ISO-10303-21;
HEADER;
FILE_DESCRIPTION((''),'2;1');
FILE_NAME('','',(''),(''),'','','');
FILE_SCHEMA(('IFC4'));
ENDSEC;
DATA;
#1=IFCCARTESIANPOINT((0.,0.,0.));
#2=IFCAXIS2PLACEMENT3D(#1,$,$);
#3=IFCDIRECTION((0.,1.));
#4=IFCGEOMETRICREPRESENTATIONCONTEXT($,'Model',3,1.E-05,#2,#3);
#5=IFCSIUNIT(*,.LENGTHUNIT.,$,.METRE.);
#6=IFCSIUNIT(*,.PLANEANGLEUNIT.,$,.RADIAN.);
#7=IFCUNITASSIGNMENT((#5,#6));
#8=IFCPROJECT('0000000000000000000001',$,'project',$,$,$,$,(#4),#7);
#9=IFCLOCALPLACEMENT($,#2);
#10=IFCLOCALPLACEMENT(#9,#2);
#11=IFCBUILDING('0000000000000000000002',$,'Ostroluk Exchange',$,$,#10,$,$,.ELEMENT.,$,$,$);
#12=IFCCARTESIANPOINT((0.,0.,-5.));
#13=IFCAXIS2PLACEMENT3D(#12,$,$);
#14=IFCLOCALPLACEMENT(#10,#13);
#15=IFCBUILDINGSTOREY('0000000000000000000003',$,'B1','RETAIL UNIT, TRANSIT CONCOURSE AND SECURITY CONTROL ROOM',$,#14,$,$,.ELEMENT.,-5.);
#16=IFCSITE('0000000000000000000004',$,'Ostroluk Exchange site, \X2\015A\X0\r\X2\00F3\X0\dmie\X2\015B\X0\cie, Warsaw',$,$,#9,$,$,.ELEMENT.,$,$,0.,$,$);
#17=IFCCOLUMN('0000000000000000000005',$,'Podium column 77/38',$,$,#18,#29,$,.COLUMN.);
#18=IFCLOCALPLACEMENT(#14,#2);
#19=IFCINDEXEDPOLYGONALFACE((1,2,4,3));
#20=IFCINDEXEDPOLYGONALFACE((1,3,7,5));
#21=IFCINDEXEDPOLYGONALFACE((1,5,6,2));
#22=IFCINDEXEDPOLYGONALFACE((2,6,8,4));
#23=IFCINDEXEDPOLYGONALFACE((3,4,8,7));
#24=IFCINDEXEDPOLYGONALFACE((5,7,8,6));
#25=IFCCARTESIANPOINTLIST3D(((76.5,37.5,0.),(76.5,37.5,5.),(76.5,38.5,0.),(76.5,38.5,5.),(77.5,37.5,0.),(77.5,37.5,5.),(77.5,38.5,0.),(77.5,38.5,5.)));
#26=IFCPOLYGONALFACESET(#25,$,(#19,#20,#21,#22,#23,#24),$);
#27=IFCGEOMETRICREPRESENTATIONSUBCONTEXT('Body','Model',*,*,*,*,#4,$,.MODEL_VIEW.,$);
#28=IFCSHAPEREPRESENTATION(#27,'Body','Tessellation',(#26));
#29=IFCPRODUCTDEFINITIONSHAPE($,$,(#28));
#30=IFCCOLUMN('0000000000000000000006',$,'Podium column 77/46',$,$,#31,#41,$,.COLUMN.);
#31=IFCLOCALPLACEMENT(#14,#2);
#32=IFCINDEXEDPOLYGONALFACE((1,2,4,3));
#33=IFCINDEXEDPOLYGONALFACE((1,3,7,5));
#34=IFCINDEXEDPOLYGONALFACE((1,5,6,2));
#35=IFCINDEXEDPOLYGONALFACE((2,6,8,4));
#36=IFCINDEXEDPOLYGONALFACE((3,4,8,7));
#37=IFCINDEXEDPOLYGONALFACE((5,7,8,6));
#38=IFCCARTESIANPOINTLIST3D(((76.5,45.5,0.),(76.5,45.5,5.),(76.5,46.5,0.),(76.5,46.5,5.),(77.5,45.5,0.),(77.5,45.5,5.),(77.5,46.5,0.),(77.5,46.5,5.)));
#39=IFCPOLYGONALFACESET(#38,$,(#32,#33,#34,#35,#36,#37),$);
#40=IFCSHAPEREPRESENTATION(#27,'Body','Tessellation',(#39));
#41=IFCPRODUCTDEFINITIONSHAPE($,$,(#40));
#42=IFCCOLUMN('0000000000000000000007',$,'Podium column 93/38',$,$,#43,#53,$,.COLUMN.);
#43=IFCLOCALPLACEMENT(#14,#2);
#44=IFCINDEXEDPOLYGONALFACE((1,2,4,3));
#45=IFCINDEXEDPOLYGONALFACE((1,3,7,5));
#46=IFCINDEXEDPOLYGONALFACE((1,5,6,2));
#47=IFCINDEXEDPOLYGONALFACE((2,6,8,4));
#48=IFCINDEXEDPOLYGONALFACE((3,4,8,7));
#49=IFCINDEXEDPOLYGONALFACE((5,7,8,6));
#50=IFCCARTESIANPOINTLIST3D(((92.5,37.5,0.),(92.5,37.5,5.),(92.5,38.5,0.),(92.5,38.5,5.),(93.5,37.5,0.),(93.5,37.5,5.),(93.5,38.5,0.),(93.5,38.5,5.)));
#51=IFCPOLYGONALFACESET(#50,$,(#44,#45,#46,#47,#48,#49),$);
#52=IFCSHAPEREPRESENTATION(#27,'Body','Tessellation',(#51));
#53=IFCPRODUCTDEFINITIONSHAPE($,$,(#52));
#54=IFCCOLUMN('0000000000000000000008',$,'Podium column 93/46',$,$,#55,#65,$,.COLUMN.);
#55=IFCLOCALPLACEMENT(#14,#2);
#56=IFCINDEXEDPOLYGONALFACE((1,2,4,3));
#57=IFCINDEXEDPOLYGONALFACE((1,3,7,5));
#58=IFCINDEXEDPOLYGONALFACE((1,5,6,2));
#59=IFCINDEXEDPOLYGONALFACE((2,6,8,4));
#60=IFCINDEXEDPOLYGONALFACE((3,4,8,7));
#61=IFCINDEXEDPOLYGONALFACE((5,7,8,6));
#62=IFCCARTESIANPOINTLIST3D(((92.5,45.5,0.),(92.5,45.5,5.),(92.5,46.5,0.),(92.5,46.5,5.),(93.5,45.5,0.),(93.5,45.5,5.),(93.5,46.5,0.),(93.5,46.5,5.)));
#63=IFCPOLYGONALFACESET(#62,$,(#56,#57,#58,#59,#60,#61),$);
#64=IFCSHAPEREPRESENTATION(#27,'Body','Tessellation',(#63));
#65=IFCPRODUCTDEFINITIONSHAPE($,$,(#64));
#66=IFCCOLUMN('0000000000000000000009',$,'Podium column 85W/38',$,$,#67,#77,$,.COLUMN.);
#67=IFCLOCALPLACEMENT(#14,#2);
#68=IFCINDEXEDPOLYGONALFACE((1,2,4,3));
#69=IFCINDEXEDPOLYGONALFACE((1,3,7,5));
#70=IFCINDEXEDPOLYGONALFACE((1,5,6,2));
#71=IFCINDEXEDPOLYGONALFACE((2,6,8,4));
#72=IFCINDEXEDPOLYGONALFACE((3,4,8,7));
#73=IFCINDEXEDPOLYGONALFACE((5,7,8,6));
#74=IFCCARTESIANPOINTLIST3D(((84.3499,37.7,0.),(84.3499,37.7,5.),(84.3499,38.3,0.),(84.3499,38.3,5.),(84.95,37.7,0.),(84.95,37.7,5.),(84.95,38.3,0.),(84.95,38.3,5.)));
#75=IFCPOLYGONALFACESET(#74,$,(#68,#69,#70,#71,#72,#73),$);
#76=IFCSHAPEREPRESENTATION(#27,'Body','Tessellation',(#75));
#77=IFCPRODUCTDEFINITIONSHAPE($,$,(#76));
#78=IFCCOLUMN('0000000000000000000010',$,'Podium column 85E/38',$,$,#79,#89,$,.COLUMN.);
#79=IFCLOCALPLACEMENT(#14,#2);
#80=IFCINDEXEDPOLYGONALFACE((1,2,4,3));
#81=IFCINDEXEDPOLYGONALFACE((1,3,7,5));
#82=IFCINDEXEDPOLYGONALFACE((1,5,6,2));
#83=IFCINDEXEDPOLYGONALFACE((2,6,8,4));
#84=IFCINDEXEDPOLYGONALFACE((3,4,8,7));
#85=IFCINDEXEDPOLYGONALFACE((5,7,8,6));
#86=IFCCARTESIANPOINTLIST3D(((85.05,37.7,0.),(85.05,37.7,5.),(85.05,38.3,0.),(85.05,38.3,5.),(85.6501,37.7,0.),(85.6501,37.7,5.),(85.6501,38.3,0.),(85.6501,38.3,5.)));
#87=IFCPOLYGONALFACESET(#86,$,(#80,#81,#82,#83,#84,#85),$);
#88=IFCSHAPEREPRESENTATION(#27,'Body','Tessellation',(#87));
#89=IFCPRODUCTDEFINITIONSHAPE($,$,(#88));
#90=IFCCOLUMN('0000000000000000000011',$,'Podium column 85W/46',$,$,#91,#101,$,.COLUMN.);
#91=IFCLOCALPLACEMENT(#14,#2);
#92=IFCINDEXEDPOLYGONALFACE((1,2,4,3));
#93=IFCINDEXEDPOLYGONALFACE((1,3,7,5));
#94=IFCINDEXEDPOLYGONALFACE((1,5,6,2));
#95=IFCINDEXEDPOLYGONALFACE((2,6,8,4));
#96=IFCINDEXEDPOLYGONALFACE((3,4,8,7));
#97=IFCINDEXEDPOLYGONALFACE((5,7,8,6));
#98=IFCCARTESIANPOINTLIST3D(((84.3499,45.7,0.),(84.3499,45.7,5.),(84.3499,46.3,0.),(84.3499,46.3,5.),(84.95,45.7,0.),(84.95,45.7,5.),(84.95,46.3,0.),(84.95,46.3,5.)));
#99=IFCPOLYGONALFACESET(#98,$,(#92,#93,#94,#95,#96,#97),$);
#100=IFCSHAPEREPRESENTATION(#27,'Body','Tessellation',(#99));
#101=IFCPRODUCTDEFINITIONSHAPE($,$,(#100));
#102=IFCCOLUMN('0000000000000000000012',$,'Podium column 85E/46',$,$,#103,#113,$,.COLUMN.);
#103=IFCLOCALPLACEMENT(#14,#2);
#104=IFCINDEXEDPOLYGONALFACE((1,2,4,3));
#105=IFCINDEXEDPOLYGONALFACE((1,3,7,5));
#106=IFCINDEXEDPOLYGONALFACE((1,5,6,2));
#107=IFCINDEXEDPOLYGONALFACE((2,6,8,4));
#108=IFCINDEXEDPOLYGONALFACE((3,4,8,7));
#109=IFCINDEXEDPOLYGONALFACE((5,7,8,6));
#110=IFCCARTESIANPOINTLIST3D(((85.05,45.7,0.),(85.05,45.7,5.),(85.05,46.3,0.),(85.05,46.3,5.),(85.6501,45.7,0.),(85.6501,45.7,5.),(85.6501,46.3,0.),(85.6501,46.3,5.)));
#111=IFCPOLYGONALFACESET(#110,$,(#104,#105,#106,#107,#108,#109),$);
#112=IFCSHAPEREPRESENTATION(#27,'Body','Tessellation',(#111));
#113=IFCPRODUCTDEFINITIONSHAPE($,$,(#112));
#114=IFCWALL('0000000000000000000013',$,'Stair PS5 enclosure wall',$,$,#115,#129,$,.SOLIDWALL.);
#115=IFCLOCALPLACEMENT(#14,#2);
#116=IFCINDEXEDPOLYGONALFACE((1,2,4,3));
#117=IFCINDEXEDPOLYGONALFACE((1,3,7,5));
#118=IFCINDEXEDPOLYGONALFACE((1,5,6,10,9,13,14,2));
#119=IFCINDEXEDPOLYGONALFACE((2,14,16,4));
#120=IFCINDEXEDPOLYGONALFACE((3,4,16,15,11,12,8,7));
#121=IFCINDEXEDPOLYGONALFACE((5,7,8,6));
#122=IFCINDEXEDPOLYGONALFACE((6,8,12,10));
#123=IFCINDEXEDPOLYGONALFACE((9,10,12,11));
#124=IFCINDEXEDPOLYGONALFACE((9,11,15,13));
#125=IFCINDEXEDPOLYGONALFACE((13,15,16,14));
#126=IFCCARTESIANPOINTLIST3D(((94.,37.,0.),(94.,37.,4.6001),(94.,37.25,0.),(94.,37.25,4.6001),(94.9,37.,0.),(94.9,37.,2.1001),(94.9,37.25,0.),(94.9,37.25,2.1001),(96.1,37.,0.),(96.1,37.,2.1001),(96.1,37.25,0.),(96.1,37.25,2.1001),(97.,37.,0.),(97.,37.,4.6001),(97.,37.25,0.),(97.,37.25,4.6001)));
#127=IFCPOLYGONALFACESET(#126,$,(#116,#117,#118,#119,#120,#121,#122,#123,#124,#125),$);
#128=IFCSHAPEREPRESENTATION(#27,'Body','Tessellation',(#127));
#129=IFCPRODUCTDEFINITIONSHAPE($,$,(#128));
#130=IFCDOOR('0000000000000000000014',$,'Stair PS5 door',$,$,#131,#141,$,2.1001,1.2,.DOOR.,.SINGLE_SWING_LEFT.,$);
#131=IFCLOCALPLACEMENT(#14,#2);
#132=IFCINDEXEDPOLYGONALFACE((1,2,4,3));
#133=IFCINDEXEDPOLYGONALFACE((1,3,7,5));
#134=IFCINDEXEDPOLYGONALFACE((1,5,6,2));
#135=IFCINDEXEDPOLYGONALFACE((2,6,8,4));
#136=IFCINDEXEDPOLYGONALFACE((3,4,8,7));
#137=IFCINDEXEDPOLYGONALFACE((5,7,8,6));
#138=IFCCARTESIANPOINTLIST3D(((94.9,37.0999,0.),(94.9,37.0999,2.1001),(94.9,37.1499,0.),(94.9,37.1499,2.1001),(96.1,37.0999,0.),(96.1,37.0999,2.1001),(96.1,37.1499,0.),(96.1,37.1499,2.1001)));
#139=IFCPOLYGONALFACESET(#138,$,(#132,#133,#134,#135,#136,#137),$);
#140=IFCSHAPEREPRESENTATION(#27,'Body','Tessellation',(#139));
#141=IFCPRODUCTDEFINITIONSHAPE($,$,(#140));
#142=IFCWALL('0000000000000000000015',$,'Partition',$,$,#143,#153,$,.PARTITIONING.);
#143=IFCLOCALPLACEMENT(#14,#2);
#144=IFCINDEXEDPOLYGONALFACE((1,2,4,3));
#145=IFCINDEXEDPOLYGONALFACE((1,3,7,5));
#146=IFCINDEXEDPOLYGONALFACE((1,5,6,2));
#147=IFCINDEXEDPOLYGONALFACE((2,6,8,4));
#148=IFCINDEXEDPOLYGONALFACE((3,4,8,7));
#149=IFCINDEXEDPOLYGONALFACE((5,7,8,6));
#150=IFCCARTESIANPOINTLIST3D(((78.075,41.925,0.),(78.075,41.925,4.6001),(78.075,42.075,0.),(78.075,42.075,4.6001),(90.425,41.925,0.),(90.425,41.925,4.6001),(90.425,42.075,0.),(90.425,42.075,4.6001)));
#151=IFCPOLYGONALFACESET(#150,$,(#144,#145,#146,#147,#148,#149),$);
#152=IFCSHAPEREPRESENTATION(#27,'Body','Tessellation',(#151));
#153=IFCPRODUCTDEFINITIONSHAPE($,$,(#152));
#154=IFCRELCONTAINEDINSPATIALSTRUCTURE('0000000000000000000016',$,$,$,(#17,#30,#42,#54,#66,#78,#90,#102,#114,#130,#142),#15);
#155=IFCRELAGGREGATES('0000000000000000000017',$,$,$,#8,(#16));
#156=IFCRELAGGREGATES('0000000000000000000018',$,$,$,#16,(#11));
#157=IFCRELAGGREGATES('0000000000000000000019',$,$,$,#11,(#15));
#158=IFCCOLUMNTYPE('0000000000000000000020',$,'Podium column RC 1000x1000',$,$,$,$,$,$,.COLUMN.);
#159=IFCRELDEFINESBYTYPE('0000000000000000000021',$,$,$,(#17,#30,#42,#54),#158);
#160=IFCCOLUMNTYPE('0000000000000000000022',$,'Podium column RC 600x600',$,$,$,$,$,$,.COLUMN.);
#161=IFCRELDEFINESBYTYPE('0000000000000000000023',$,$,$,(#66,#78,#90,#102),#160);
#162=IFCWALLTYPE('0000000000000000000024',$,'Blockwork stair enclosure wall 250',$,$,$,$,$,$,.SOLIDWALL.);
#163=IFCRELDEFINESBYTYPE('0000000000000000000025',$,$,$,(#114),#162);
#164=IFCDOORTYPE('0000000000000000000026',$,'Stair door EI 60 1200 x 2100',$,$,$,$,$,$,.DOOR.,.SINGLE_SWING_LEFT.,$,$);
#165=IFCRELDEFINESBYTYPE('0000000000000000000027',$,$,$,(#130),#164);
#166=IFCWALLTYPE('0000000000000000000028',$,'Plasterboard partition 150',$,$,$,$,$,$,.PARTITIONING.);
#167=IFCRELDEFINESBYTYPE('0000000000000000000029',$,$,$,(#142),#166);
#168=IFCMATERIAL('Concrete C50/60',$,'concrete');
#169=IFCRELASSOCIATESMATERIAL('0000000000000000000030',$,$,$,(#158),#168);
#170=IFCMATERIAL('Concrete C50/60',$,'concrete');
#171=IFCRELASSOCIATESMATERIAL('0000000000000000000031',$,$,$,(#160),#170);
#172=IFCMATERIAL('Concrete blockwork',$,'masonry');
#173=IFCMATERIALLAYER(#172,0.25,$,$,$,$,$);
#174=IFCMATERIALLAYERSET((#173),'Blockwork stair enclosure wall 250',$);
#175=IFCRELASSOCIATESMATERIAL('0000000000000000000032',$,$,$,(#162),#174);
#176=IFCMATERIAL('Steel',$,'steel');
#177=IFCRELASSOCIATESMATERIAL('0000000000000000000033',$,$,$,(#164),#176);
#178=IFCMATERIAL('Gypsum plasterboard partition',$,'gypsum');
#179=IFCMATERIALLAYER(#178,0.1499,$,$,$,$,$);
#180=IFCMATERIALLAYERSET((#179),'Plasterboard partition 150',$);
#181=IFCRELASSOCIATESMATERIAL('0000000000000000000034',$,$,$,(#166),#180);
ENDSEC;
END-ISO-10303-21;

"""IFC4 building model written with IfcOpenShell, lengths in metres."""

from ifc_helpers import new_model, si_unit, direction, frame, frame_2d, origin, origin_2d, place, context, subcontext, project, spatial, rectangle, extrude, material, layer, layer_set, material_profile, profile_set, type_object, element, fill, save


model = new_model("IFC4")

# Units and contexts
model_context = context("Model", 3, precision=1e-05, world=origin(), true_north=direction((0.0, 1.0)))
body_context = subcontext(model_context, "Body", "Model", "MODEL_VIEW")
ifc_project = project(units=[si_unit("LENGTHUNIT", "METRE"), si_unit("PLANEANGLEUNIT", "RADIAN")], contexts=[model_context])

# Site, building, storey
site_placement = place(None, origin())
site = spatial("IfcSite", under=ifc_project, at=site_placement, Name="Ostroluk Exchange site, Śródmieście, Warsaw", CompositionType="ELEMENT", RefElevation=0.0)
building_placement = place(site_placement, origin())
building = spatial("IfcBuilding", under=site, at=building_placement, Name="Ostroluk Exchange", CompositionType="ELEMENT")
storey_placement = place(building_placement, frame((0.0, 0.0, -5.0)))
storey = spatial("IfcBuildingStorey", under=building, at=storey_placement, Name="B1", Description="RETAIL UNIT, TRANSIT CONCOURSE AND SECURITY CONTROL ROOM", CompositionType="ELEMENT", Elevation=-5.0)

# Columns
ifc_material_1 = material(Name="Concrete C50/60", Category="concrete")
ifc_material_profile_1 = material_profile(ifc_material_1, rectangle(XDim=1.0, YDim=1.0, at=origin_2d()), Name="RC 1000x1000")
ifc_profile_set_1 = profile_set([ifc_material_profile_1], Name="Concrete C50/60")
column_type_1 = type_object("IfcColumnType", Name="Podium column RC 1000x1000", PredefinedType="COLUMN", material=ifc_profile_set_1)
for number, where, z_axis, x_axis, name in (
    (1, (77.0, 38.0, 0.0), (0.0, 0.0, 1.0), (1.0, 0.0, 0.0), "Podium column 77/38"),
    (2, (77.0, 46.0, 0.0), (0.0, 0.0, 1.0), (1.0, 0.0, 0.0), "Podium column 77/46"),
    (3, (93.0, 38.0, 0.0), (0.0, 0.0, 1.0), (1.0, 0.0, 0.0), "Podium column 93/38"),
    (4, (93.0, 46.0, 0.0), (0.0, 0.0, 1.0), (1.0, 0.0, 0.0), "Podium column 93/46"),
):
    element("IfcColumn", number, at=place(storey_placement, frame(where, z_axis=z_axis, x_axis=x_axis)), inside=storey, type_object=column_type_1, Name=name, PredefinedType="COLUMN", context=body_context, shape_type="SweptSolid", body=[
        extrude(rectangle(XDim=1.0, YDim=1.0, at=origin_2d()), origin(), (0.0, 0.0, 1.0), 5.0),
    ])
ifc_material_2 = material(Name="Concrete C50/60", Category="concrete")
ifc_material_profile_2 = material_profile(ifc_material_2, rectangle(XDim=0.6001, YDim=0.6001, at=origin_2d()), Name="RC 600x600")
ifc_profile_set_2 = profile_set([ifc_material_profile_2], Name="Concrete C50/60")
column_type_2 = type_object("IfcColumnType", Name="Podium column RC 600x600", PredefinedType="COLUMN", material=ifc_profile_set_2)
for number, where, z_axis, x_axis, name in (
    (5, (84.6499, 38.0, 0.0), (0.0, 0.0, 1.0), (1.0, 0.0, 0.0), "Podium column 85W/38"),
    (6, (85.3501, 38.0, 0.0), (0.0, 0.0, 1.0), (1.0, 0.0, 0.0), "Podium column 85E/38"),
    (7, (84.6499, 46.0, 0.0), (0.0, 0.0, 1.0), (1.0, 0.0, 0.0), "Podium column 85W/46"),
    (8, (85.3501, 46.0, 0.0), (0.0, 0.0, 1.0), (1.0, 0.0, 0.0), "Podium column 85E/46"),
):
    element("IfcColumn", number, at=place(storey_placement, frame(where, z_axis=z_axis, x_axis=x_axis)), inside=storey, type_object=column_type_2, Name=name, PredefinedType="COLUMN", context=body_context, shape_type="SweptSolid", body=[
        extrude(rectangle(XDim=0.6001, YDim=0.6001, at=origin_2d()), origin(), (0.0, 0.0, 1.0), 5.0),
    ])

# Wall, opening, door
ifc_material_3 = material(Name="Concrete blockwork", Category="masonry")
ifc_layer_1 = layer(ifc_material_3, 0.25)
ifc_layer_set_1 = layer_set([ifc_layer_1], Name="Blockwork stair enclosure wall 250")
wall_type_1 = type_object("IfcWallType", Name="Blockwork stair enclosure wall 250", PredefinedType="SOLIDWALL", material=ifc_layer_set_1)
wall_1_placement = place(storey_placement, frame((94.0, 37.125, 0.0), z_axis=(0.0, 0.0, 1.0), x_axis=(1.0, 0.0, 0.0)))
wall_1 = element("IfcWall", 9, at=wall_1_placement, inside=storey, type_object=wall_type_1, Name="Stair PS5 enclosure wall", PredefinedType="SOLIDWALL", context=body_context, shape_type="SweptSolid", body=[
    extrude(rectangle(XDim=3.0, YDim=0.25, at=frame_2d((1.5, 0.0))), origin(), (0.0, 0.0, 1.0), 4.6001),
])
opening_1_placement = place(wall_1_placement, frame((0.8999, 0.0, 0.0)))
opening_1 = element("IfcOpeningElement", 10, at=opening_1_placement, cuts=wall_1, PredefinedType="OPENING", context=body_context, shape_type="SweptSolid", body=[
    extrude(rectangle(XDim=1.2, YDim=2.1001, at=frame_2d((0.6001, 1.05))), frame((0.0, 0.135, 0.0), z_axis=(0.0, -1.0, 0.0), x_axis=(1.0, 0.0, 0.0)), (0.0, 0.0, 1.0), 0.27),
])
ifc_material_4 = material(Name="Steel", Category="steel")
door_type_1 = type_object("IfcDoorType", Name="Stair door EI 60 1200 x 2100", OperationType="SINGLE_SWING_LEFT", PredefinedType="DOOR", material=ifc_material_4)
door_1_placement = place(opening_1_placement, origin())
door_1 = element("IfcDoor", 11, at=door_1_placement, inside=storey, type_object=door_type_1, Name="Stair PS5 door", OperationType="SINGLE_SWING_LEFT", OverallHeight=2.1001, OverallWidth=1.2, PredefinedType="DOOR", context=body_context, shape_type="SweptSolid", body=[
    extrude(rectangle(XDim=1.2, YDim=2.1001, at=frame_2d((0.6001, 1.05))), frame((0.0, 0.0249, 0.0), z_axis=(0.0, -1.0, 0.0), x_axis=(1.0, 0.0, 0.0)), (0.0, 0.0, 1.0), 0.05),
])
fill(opening_1, door_1)

# Wall
ifc_material_5 = material(Name="Gypsum plasterboard partition", Category="gypsum")
ifc_layer_2 = layer(ifc_material_5, 0.1499)
ifc_layer_set_2 = layer_set([ifc_layer_2], Name="Plasterboard partition 150")
wall_type_2 = type_object("IfcWallType", Name="Plasterboard partition 150", PredefinedType="PARTITIONING", material=ifc_layer_set_2)
wall_2_placement = place(storey_placement, frame((78.075, 42.0, 0.0), z_axis=(0.0, 0.0, 1.0), x_axis=(1.0, 0.0, 0.0)))
element("IfcWall", 12, at=wall_2_placement, inside=storey, type_object=wall_type_2, Name="Partition", PredefinedType="PARTITIONING", context=body_context, shape_type="SweptSolid", body=[
    extrude(rectangle(XDim=12.3501, YDim=0.1499, at=frame_2d((6.175, 0.0))), origin(), (0.0, 0.0, 1.0), 4.6001),
])

save(model, "model.ifc")
